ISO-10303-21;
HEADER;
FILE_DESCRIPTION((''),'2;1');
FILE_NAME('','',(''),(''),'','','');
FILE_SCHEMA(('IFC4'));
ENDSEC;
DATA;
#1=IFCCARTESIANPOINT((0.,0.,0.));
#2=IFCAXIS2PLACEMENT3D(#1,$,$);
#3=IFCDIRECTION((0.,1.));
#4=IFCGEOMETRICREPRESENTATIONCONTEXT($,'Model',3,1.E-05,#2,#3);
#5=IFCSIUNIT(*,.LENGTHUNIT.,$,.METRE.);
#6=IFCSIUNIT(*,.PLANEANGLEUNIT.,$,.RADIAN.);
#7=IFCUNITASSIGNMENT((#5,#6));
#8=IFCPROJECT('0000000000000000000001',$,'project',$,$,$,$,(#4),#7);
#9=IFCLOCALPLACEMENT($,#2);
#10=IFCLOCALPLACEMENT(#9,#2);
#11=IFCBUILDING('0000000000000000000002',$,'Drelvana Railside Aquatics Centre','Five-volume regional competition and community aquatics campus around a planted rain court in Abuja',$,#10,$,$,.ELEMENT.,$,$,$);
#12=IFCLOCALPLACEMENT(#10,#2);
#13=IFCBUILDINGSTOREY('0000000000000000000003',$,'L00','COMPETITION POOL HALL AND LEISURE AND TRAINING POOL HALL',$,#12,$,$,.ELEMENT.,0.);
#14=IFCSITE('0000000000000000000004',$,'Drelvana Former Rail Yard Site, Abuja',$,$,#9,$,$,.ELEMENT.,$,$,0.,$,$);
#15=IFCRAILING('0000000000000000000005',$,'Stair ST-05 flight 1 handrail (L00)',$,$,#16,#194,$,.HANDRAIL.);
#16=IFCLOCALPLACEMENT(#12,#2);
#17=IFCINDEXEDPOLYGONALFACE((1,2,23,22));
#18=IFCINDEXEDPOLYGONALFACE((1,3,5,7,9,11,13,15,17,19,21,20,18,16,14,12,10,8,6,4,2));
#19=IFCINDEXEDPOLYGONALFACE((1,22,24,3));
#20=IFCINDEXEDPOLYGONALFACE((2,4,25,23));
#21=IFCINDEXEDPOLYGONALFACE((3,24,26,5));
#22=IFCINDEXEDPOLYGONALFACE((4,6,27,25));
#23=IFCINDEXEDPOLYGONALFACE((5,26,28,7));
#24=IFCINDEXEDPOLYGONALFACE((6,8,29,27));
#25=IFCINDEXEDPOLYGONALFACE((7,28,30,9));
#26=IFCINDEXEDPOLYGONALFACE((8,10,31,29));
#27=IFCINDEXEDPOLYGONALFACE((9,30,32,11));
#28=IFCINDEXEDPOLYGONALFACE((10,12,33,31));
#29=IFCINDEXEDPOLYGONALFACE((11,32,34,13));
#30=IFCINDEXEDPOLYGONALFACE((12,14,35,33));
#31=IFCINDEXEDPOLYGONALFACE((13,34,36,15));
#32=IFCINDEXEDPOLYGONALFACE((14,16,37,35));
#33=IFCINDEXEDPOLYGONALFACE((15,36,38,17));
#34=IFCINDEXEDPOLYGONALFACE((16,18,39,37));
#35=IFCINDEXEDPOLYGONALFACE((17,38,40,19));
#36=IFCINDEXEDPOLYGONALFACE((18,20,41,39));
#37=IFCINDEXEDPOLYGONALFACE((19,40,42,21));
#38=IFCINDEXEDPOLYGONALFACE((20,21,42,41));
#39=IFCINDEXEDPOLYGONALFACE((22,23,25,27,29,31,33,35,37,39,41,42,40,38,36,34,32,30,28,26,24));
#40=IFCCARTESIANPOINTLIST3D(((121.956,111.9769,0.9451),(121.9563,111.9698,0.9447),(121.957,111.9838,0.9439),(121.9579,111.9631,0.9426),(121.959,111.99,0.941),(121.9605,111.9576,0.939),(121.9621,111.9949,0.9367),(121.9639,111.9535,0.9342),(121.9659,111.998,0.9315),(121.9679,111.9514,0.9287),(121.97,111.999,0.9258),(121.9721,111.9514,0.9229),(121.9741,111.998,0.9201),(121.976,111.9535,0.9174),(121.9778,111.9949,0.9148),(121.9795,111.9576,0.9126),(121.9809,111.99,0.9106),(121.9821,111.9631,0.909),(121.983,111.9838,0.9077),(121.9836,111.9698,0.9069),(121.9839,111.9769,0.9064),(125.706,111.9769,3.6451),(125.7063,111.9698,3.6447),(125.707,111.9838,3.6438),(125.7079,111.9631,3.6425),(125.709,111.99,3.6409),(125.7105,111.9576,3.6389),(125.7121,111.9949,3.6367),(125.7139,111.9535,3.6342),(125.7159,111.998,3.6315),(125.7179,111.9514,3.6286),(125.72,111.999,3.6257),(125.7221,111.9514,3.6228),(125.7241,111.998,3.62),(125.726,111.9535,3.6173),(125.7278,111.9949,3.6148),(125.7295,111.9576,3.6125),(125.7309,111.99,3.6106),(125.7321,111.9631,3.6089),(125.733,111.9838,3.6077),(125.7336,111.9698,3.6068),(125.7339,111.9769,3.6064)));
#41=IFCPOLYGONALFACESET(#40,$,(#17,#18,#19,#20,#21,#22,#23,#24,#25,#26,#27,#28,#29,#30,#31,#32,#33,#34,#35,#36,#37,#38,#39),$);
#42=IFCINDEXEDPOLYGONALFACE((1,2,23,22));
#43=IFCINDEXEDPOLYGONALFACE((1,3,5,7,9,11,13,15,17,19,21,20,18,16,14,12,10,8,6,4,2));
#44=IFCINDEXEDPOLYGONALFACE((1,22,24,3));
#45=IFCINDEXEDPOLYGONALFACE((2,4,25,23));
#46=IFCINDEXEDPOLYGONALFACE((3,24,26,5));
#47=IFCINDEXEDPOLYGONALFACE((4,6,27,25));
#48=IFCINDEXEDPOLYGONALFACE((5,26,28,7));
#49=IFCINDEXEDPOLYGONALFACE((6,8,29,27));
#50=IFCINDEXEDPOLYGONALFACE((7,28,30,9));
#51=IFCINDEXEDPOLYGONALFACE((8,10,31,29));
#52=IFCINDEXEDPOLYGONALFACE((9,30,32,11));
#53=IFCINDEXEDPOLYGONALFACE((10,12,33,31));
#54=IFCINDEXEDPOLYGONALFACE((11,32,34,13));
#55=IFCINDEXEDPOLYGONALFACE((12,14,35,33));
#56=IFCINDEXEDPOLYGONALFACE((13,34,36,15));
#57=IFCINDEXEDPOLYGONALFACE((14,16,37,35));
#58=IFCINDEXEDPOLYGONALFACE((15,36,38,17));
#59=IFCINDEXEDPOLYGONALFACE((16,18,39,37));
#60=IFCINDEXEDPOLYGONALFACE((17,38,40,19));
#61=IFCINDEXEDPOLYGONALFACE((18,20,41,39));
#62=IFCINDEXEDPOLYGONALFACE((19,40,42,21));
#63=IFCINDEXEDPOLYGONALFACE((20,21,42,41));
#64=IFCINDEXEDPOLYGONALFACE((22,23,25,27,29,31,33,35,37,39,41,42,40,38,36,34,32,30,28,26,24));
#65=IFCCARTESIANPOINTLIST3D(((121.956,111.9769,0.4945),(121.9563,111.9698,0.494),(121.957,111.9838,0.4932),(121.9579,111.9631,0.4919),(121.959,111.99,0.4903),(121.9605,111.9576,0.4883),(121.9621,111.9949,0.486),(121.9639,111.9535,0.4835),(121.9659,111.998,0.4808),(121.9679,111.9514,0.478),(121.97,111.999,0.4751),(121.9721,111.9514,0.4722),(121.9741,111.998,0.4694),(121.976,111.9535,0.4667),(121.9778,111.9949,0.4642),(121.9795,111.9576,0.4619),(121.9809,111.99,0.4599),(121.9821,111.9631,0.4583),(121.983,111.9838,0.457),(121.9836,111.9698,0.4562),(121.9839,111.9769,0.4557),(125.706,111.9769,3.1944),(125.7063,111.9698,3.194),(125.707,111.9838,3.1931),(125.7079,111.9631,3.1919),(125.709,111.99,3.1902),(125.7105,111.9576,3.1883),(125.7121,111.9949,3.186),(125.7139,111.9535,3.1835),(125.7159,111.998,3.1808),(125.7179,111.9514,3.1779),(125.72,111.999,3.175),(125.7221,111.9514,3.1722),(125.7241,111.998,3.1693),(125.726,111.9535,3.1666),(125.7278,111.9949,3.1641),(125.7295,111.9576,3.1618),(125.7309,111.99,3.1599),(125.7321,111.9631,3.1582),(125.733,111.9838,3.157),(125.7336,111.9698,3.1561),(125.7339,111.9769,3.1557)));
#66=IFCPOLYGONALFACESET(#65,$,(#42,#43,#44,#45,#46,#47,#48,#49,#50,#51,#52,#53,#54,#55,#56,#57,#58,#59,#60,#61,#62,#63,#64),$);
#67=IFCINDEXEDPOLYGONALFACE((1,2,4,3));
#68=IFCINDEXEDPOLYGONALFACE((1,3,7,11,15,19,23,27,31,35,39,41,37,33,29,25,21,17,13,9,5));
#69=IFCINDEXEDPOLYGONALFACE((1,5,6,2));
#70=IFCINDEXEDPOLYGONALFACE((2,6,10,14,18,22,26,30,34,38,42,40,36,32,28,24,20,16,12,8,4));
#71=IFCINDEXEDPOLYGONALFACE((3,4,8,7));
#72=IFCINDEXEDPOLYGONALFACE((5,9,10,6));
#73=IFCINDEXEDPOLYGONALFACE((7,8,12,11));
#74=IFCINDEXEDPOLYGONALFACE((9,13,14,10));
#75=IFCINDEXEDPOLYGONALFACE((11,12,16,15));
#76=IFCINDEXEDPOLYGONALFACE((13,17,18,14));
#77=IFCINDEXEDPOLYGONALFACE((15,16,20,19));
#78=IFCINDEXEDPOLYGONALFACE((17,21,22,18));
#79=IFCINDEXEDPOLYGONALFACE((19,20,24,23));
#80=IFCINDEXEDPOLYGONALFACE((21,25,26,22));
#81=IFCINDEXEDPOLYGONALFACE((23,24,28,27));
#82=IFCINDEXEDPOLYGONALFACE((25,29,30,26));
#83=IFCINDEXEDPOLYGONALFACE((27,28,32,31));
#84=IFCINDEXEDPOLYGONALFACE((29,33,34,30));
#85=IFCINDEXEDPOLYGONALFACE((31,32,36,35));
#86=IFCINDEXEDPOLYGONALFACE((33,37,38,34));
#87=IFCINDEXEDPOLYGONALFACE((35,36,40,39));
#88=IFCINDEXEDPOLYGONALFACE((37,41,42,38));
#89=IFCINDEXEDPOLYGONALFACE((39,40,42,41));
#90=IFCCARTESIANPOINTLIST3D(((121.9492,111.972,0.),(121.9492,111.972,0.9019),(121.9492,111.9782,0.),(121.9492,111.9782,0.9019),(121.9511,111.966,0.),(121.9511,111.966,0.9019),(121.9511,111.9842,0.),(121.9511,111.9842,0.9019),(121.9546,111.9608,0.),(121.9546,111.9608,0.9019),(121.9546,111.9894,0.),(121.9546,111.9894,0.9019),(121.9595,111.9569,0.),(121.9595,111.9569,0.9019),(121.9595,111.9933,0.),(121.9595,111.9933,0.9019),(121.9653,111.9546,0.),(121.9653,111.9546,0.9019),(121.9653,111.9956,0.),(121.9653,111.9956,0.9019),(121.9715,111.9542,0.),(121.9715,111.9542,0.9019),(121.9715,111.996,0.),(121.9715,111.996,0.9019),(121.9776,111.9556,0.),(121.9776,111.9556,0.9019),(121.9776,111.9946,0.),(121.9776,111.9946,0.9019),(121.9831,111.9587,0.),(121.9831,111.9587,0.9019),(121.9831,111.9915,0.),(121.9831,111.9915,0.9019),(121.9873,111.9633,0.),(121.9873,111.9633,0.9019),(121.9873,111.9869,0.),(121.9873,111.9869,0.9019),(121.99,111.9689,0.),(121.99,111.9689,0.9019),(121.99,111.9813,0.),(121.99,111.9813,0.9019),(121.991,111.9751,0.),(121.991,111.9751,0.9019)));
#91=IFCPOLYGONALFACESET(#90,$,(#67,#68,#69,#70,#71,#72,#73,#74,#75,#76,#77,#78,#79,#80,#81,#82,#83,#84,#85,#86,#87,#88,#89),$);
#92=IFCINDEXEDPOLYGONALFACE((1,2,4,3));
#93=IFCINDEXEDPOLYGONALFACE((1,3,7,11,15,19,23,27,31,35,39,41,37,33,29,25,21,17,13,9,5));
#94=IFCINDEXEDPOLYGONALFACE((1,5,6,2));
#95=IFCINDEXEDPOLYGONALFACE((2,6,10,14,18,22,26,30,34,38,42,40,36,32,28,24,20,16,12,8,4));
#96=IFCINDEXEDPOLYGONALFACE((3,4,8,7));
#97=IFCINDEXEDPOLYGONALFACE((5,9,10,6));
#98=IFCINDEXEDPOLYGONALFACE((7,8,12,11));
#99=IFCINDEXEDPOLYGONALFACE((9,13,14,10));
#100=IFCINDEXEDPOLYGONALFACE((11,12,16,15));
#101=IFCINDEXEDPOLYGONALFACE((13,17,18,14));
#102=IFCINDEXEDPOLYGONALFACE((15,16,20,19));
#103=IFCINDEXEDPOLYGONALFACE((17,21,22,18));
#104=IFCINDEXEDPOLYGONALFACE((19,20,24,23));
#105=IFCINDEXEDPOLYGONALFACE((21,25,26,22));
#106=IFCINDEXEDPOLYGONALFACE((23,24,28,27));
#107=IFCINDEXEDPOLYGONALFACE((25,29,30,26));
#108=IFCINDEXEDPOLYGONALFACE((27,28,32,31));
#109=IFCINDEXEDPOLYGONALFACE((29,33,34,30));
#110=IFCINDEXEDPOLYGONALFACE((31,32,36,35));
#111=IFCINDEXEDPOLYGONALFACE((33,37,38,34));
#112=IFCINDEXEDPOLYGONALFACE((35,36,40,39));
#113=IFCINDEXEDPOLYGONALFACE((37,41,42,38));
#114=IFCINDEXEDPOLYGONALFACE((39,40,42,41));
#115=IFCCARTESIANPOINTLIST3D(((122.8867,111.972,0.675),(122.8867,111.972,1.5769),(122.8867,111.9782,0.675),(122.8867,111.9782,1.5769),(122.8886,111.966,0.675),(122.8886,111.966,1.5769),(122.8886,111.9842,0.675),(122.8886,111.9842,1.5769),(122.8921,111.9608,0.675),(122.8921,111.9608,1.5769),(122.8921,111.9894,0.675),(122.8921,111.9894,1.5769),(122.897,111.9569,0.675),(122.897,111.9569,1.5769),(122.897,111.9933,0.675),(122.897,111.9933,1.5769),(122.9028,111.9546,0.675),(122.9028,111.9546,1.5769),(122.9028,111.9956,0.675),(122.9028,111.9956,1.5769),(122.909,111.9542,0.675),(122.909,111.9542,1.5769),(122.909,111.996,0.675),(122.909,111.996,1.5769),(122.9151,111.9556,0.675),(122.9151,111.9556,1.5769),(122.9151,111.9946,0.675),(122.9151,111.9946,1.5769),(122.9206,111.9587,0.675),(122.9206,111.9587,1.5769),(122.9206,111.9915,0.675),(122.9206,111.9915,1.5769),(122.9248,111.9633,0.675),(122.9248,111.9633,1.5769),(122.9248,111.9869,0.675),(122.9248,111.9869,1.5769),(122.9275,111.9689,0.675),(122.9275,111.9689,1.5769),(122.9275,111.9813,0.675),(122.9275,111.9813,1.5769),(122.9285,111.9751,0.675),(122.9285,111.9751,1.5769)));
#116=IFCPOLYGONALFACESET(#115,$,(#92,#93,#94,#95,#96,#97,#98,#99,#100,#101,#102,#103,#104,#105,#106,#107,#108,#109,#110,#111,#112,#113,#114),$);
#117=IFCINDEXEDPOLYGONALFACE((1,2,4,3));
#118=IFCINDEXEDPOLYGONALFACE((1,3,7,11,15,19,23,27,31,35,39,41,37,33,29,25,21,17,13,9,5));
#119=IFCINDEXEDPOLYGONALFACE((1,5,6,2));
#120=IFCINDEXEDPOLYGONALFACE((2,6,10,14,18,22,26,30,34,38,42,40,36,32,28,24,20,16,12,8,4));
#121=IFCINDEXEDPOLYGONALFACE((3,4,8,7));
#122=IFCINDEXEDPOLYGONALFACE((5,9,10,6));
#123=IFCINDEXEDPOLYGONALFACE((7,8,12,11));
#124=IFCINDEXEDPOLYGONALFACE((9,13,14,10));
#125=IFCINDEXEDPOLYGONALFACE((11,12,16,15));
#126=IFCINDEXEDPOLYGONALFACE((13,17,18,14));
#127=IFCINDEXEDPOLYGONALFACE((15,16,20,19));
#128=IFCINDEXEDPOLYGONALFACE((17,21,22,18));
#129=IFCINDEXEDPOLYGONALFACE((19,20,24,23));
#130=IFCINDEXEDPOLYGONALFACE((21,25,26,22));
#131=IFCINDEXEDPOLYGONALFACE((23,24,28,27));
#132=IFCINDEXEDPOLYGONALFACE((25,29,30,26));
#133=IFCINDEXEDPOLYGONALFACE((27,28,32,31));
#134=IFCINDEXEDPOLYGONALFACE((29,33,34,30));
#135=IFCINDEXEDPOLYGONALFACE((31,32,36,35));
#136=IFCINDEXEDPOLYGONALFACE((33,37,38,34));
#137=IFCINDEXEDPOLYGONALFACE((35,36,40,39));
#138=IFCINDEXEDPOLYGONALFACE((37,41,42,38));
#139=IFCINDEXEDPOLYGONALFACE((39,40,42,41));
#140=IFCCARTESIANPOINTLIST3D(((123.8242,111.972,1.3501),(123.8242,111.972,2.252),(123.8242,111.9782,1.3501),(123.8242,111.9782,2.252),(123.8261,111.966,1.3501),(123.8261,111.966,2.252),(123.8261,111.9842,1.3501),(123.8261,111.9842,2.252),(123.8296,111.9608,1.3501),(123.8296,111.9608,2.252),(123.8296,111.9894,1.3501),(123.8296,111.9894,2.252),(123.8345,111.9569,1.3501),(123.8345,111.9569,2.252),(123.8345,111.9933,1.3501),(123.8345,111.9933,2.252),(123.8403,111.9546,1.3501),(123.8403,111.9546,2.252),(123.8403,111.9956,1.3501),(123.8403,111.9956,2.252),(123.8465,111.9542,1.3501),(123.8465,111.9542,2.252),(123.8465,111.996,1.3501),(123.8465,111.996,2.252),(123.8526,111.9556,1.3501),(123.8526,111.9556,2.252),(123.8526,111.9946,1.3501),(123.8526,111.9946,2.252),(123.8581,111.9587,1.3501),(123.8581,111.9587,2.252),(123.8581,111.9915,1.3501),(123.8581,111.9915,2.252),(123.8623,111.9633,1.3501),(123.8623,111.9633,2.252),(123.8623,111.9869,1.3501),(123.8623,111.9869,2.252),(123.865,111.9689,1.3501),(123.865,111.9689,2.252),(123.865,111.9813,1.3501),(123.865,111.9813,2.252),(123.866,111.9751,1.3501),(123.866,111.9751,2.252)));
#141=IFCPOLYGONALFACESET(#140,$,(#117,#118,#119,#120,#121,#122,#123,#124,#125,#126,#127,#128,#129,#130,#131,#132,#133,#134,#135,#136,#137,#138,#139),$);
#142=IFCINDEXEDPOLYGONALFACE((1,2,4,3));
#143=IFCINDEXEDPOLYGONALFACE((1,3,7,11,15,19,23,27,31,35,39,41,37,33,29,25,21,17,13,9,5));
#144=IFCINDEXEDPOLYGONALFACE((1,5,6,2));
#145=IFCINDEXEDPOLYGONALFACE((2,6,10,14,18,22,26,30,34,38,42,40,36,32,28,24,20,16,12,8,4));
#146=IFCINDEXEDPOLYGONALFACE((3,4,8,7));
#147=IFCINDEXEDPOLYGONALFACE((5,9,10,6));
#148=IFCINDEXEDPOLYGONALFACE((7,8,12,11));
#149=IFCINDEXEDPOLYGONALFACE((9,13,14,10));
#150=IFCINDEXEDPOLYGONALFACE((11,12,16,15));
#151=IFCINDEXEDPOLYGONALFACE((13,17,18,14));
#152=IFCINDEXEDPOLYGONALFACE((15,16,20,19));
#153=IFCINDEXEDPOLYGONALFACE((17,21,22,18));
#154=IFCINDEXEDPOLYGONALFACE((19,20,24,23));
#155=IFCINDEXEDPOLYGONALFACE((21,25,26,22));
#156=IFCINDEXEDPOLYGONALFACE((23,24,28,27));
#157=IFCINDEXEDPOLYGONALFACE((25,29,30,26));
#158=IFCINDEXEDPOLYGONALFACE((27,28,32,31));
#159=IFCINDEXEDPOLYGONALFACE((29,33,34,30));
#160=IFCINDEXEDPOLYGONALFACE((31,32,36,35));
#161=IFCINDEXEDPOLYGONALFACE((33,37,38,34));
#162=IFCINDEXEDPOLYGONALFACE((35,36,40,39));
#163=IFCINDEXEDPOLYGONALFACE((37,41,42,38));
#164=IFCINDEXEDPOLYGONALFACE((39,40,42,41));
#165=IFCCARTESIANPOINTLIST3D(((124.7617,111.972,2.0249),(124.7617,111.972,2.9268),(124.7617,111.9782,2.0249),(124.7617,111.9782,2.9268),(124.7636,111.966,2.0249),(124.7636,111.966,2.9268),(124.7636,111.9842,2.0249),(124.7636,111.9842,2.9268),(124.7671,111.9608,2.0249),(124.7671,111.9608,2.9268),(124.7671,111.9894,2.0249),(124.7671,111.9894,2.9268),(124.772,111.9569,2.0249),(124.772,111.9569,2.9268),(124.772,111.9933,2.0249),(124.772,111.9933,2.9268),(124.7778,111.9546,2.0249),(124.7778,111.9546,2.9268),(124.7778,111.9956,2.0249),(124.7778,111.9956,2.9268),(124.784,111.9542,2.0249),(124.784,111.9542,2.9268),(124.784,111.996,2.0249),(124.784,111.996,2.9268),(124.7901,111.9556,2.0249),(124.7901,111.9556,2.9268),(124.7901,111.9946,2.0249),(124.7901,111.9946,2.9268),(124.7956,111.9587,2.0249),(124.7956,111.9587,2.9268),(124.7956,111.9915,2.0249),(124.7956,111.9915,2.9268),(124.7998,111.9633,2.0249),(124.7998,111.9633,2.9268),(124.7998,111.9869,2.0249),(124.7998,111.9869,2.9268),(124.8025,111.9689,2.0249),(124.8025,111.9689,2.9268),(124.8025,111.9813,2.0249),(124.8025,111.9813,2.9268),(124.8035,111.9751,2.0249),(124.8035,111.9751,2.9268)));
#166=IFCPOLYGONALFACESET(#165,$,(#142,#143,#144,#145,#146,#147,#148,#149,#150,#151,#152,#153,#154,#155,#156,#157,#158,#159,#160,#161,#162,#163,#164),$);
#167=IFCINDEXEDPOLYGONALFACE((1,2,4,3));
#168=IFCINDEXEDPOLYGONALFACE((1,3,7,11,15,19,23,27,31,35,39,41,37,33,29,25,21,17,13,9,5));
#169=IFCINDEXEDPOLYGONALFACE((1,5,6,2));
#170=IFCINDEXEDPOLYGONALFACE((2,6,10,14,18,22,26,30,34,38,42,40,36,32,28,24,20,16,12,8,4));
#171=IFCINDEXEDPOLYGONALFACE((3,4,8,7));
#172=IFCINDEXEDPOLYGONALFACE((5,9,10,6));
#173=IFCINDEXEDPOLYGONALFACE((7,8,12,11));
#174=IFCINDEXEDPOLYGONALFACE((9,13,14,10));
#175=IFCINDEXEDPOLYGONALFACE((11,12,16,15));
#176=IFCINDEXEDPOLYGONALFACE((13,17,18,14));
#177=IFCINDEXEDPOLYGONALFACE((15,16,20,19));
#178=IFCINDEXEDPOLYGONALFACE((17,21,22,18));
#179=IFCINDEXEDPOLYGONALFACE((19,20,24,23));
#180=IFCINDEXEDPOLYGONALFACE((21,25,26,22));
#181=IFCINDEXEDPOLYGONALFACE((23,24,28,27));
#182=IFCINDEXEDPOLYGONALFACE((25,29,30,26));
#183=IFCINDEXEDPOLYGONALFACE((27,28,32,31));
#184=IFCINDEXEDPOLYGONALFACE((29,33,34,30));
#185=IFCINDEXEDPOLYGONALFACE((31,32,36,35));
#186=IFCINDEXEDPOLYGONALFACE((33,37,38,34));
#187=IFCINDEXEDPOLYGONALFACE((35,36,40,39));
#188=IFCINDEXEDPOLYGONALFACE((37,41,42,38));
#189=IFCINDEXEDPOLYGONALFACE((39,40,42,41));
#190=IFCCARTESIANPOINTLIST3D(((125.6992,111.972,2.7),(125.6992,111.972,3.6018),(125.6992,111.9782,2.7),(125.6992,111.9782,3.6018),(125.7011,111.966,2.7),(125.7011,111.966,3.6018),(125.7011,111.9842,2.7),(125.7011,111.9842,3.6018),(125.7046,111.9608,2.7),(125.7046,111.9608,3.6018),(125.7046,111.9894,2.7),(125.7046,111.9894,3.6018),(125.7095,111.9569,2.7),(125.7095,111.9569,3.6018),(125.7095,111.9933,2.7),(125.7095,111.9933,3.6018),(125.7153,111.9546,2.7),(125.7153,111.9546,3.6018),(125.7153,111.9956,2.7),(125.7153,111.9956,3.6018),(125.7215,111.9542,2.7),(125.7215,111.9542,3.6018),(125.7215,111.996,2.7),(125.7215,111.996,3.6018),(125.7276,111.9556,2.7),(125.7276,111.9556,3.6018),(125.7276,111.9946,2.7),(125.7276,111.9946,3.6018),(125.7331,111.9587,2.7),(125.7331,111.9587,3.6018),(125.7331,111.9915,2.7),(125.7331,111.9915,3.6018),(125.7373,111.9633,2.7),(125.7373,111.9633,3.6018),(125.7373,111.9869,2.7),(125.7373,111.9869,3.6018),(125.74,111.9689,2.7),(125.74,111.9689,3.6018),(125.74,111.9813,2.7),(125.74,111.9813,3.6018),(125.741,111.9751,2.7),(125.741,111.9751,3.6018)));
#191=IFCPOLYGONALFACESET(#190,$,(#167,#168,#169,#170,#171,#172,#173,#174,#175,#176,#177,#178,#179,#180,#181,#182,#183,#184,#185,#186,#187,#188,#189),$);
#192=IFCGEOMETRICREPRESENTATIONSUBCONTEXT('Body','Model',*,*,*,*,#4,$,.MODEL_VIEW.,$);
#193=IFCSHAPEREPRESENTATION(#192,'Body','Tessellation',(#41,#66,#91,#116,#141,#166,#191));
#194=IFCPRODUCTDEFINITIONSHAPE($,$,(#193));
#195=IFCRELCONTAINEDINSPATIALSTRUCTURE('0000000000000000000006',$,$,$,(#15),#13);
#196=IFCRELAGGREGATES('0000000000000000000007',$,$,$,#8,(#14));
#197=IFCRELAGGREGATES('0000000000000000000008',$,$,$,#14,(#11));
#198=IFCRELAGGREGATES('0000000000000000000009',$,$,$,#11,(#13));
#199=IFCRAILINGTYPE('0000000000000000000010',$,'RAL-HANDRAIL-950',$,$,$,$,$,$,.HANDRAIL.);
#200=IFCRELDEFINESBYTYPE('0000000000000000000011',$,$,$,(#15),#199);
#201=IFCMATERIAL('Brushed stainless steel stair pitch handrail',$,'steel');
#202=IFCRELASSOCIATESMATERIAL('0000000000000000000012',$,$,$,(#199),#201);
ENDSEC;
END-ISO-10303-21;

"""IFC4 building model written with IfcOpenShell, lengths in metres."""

from ifc_helpers import new_model, si_unit, direction, frame, origin, origin_2d, place, context, subcontext, project, spatial, circle, extrude, material, type_object, element, save


model = new_model("IFC4")

# Units and contexts
model_context = context("Model", 3, precision=1e-05, world=origin(), true_north=direction((0.0, 1.0)))
body_context = subcontext(model_context, "Body", "Model", "MODEL_VIEW")
ifc_project = project(units=[si_unit("LENGTHUNIT", "METRE"), si_unit("PLANEANGLEUNIT", "RADIAN")], contexts=[model_context])

# Site, building, storey
site_placement = place(None, origin())
site = spatial("IfcSite", under=ifc_project, at=site_placement, Name="Drelvana Former Rail Yard Site, Abuja", CompositionType="ELEMENT", RefElevation=0.0)
building_placement = place(site_placement, origin())
building = spatial("IfcBuilding", under=site, at=building_placement, Name="Drelvana Railside Aquatics Centre", Description="Five-volume regional competition and community aquatics campus around a planted rain court in Abuja", CompositionType="ELEMENT")
storey_placement = place(building_placement, origin())
storey = spatial("IfcBuildingStorey", under=building, at=storey_placement, Name="L00", Description="COMPETITION POOL HALL AND LEISURE AND TRAINING POOL HALL", CompositionType="ELEMENT", Elevation=0.0)

# Railing
ifc_material_1 = material(Name="Brushed stainless steel stair pitch handrail", Category="steel")
railing_type = type_object("IfcRailingType", Name="RAL-HANDRAIL-950", PredefinedType="HANDRAIL", material=ifc_material_1)
railing_1_placement = place(storey_placement, frame((121.97, 111.9751, 0.0)))
element("IfcRailing", 1, at=railing_1_placement, inside=storey, type_object=railing_type, Name="Stair ST-05 flight 1 handrail (L00)", PredefinedType="HANDRAIL", context=body_context, shape_type="SweptSolid", body=[
    extrude(circle(Radius=0.0239, at=origin_2d()), frame((0.0, 0.0, 0.9258), z_axis=(0.811539, 0.0, 0.584298), x_axis=(0.0, 1.0, 0.0)), (0.0, 0.0, 1.0), 4.6208),
    extrude(circle(Radius=0.0239, at=origin_2d()), frame((0.0, 0.0, 0.4751), z_axis=(0.811539, 0.0, 0.584298), x_axis=(0.0, 1.0, 0.0)), (0.0, 0.0, 1.0), 4.6208),
    extrude(circle(Radius=0.021, at=origin_2d()), origin(), (0.0, 0.0, 1.0), 0.9019),
    extrude(circle(Radius=0.021, at=origin_2d()), frame((0.9375, 0.0, 0.675)), (0.0, 0.0, 1.0), 0.9019),
    extrude(circle(Radius=0.021, at=origin_2d()), frame((1.875, 0.0, 1.3501)), (0.0, 0.0, 1.0), 0.9019),
    extrude(circle(Radius=0.021, at=origin_2d()), frame((2.8125, 0.0, 2.0249)), (0.0, 0.0, 1.0), 0.9019),
    extrude(circle(Radius=0.021, at=origin_2d()), frame((3.75, 0.0, 2.7)), (0.0, 0.0, 1.0), 0.9019),
])

save(model, "model.ifc")
